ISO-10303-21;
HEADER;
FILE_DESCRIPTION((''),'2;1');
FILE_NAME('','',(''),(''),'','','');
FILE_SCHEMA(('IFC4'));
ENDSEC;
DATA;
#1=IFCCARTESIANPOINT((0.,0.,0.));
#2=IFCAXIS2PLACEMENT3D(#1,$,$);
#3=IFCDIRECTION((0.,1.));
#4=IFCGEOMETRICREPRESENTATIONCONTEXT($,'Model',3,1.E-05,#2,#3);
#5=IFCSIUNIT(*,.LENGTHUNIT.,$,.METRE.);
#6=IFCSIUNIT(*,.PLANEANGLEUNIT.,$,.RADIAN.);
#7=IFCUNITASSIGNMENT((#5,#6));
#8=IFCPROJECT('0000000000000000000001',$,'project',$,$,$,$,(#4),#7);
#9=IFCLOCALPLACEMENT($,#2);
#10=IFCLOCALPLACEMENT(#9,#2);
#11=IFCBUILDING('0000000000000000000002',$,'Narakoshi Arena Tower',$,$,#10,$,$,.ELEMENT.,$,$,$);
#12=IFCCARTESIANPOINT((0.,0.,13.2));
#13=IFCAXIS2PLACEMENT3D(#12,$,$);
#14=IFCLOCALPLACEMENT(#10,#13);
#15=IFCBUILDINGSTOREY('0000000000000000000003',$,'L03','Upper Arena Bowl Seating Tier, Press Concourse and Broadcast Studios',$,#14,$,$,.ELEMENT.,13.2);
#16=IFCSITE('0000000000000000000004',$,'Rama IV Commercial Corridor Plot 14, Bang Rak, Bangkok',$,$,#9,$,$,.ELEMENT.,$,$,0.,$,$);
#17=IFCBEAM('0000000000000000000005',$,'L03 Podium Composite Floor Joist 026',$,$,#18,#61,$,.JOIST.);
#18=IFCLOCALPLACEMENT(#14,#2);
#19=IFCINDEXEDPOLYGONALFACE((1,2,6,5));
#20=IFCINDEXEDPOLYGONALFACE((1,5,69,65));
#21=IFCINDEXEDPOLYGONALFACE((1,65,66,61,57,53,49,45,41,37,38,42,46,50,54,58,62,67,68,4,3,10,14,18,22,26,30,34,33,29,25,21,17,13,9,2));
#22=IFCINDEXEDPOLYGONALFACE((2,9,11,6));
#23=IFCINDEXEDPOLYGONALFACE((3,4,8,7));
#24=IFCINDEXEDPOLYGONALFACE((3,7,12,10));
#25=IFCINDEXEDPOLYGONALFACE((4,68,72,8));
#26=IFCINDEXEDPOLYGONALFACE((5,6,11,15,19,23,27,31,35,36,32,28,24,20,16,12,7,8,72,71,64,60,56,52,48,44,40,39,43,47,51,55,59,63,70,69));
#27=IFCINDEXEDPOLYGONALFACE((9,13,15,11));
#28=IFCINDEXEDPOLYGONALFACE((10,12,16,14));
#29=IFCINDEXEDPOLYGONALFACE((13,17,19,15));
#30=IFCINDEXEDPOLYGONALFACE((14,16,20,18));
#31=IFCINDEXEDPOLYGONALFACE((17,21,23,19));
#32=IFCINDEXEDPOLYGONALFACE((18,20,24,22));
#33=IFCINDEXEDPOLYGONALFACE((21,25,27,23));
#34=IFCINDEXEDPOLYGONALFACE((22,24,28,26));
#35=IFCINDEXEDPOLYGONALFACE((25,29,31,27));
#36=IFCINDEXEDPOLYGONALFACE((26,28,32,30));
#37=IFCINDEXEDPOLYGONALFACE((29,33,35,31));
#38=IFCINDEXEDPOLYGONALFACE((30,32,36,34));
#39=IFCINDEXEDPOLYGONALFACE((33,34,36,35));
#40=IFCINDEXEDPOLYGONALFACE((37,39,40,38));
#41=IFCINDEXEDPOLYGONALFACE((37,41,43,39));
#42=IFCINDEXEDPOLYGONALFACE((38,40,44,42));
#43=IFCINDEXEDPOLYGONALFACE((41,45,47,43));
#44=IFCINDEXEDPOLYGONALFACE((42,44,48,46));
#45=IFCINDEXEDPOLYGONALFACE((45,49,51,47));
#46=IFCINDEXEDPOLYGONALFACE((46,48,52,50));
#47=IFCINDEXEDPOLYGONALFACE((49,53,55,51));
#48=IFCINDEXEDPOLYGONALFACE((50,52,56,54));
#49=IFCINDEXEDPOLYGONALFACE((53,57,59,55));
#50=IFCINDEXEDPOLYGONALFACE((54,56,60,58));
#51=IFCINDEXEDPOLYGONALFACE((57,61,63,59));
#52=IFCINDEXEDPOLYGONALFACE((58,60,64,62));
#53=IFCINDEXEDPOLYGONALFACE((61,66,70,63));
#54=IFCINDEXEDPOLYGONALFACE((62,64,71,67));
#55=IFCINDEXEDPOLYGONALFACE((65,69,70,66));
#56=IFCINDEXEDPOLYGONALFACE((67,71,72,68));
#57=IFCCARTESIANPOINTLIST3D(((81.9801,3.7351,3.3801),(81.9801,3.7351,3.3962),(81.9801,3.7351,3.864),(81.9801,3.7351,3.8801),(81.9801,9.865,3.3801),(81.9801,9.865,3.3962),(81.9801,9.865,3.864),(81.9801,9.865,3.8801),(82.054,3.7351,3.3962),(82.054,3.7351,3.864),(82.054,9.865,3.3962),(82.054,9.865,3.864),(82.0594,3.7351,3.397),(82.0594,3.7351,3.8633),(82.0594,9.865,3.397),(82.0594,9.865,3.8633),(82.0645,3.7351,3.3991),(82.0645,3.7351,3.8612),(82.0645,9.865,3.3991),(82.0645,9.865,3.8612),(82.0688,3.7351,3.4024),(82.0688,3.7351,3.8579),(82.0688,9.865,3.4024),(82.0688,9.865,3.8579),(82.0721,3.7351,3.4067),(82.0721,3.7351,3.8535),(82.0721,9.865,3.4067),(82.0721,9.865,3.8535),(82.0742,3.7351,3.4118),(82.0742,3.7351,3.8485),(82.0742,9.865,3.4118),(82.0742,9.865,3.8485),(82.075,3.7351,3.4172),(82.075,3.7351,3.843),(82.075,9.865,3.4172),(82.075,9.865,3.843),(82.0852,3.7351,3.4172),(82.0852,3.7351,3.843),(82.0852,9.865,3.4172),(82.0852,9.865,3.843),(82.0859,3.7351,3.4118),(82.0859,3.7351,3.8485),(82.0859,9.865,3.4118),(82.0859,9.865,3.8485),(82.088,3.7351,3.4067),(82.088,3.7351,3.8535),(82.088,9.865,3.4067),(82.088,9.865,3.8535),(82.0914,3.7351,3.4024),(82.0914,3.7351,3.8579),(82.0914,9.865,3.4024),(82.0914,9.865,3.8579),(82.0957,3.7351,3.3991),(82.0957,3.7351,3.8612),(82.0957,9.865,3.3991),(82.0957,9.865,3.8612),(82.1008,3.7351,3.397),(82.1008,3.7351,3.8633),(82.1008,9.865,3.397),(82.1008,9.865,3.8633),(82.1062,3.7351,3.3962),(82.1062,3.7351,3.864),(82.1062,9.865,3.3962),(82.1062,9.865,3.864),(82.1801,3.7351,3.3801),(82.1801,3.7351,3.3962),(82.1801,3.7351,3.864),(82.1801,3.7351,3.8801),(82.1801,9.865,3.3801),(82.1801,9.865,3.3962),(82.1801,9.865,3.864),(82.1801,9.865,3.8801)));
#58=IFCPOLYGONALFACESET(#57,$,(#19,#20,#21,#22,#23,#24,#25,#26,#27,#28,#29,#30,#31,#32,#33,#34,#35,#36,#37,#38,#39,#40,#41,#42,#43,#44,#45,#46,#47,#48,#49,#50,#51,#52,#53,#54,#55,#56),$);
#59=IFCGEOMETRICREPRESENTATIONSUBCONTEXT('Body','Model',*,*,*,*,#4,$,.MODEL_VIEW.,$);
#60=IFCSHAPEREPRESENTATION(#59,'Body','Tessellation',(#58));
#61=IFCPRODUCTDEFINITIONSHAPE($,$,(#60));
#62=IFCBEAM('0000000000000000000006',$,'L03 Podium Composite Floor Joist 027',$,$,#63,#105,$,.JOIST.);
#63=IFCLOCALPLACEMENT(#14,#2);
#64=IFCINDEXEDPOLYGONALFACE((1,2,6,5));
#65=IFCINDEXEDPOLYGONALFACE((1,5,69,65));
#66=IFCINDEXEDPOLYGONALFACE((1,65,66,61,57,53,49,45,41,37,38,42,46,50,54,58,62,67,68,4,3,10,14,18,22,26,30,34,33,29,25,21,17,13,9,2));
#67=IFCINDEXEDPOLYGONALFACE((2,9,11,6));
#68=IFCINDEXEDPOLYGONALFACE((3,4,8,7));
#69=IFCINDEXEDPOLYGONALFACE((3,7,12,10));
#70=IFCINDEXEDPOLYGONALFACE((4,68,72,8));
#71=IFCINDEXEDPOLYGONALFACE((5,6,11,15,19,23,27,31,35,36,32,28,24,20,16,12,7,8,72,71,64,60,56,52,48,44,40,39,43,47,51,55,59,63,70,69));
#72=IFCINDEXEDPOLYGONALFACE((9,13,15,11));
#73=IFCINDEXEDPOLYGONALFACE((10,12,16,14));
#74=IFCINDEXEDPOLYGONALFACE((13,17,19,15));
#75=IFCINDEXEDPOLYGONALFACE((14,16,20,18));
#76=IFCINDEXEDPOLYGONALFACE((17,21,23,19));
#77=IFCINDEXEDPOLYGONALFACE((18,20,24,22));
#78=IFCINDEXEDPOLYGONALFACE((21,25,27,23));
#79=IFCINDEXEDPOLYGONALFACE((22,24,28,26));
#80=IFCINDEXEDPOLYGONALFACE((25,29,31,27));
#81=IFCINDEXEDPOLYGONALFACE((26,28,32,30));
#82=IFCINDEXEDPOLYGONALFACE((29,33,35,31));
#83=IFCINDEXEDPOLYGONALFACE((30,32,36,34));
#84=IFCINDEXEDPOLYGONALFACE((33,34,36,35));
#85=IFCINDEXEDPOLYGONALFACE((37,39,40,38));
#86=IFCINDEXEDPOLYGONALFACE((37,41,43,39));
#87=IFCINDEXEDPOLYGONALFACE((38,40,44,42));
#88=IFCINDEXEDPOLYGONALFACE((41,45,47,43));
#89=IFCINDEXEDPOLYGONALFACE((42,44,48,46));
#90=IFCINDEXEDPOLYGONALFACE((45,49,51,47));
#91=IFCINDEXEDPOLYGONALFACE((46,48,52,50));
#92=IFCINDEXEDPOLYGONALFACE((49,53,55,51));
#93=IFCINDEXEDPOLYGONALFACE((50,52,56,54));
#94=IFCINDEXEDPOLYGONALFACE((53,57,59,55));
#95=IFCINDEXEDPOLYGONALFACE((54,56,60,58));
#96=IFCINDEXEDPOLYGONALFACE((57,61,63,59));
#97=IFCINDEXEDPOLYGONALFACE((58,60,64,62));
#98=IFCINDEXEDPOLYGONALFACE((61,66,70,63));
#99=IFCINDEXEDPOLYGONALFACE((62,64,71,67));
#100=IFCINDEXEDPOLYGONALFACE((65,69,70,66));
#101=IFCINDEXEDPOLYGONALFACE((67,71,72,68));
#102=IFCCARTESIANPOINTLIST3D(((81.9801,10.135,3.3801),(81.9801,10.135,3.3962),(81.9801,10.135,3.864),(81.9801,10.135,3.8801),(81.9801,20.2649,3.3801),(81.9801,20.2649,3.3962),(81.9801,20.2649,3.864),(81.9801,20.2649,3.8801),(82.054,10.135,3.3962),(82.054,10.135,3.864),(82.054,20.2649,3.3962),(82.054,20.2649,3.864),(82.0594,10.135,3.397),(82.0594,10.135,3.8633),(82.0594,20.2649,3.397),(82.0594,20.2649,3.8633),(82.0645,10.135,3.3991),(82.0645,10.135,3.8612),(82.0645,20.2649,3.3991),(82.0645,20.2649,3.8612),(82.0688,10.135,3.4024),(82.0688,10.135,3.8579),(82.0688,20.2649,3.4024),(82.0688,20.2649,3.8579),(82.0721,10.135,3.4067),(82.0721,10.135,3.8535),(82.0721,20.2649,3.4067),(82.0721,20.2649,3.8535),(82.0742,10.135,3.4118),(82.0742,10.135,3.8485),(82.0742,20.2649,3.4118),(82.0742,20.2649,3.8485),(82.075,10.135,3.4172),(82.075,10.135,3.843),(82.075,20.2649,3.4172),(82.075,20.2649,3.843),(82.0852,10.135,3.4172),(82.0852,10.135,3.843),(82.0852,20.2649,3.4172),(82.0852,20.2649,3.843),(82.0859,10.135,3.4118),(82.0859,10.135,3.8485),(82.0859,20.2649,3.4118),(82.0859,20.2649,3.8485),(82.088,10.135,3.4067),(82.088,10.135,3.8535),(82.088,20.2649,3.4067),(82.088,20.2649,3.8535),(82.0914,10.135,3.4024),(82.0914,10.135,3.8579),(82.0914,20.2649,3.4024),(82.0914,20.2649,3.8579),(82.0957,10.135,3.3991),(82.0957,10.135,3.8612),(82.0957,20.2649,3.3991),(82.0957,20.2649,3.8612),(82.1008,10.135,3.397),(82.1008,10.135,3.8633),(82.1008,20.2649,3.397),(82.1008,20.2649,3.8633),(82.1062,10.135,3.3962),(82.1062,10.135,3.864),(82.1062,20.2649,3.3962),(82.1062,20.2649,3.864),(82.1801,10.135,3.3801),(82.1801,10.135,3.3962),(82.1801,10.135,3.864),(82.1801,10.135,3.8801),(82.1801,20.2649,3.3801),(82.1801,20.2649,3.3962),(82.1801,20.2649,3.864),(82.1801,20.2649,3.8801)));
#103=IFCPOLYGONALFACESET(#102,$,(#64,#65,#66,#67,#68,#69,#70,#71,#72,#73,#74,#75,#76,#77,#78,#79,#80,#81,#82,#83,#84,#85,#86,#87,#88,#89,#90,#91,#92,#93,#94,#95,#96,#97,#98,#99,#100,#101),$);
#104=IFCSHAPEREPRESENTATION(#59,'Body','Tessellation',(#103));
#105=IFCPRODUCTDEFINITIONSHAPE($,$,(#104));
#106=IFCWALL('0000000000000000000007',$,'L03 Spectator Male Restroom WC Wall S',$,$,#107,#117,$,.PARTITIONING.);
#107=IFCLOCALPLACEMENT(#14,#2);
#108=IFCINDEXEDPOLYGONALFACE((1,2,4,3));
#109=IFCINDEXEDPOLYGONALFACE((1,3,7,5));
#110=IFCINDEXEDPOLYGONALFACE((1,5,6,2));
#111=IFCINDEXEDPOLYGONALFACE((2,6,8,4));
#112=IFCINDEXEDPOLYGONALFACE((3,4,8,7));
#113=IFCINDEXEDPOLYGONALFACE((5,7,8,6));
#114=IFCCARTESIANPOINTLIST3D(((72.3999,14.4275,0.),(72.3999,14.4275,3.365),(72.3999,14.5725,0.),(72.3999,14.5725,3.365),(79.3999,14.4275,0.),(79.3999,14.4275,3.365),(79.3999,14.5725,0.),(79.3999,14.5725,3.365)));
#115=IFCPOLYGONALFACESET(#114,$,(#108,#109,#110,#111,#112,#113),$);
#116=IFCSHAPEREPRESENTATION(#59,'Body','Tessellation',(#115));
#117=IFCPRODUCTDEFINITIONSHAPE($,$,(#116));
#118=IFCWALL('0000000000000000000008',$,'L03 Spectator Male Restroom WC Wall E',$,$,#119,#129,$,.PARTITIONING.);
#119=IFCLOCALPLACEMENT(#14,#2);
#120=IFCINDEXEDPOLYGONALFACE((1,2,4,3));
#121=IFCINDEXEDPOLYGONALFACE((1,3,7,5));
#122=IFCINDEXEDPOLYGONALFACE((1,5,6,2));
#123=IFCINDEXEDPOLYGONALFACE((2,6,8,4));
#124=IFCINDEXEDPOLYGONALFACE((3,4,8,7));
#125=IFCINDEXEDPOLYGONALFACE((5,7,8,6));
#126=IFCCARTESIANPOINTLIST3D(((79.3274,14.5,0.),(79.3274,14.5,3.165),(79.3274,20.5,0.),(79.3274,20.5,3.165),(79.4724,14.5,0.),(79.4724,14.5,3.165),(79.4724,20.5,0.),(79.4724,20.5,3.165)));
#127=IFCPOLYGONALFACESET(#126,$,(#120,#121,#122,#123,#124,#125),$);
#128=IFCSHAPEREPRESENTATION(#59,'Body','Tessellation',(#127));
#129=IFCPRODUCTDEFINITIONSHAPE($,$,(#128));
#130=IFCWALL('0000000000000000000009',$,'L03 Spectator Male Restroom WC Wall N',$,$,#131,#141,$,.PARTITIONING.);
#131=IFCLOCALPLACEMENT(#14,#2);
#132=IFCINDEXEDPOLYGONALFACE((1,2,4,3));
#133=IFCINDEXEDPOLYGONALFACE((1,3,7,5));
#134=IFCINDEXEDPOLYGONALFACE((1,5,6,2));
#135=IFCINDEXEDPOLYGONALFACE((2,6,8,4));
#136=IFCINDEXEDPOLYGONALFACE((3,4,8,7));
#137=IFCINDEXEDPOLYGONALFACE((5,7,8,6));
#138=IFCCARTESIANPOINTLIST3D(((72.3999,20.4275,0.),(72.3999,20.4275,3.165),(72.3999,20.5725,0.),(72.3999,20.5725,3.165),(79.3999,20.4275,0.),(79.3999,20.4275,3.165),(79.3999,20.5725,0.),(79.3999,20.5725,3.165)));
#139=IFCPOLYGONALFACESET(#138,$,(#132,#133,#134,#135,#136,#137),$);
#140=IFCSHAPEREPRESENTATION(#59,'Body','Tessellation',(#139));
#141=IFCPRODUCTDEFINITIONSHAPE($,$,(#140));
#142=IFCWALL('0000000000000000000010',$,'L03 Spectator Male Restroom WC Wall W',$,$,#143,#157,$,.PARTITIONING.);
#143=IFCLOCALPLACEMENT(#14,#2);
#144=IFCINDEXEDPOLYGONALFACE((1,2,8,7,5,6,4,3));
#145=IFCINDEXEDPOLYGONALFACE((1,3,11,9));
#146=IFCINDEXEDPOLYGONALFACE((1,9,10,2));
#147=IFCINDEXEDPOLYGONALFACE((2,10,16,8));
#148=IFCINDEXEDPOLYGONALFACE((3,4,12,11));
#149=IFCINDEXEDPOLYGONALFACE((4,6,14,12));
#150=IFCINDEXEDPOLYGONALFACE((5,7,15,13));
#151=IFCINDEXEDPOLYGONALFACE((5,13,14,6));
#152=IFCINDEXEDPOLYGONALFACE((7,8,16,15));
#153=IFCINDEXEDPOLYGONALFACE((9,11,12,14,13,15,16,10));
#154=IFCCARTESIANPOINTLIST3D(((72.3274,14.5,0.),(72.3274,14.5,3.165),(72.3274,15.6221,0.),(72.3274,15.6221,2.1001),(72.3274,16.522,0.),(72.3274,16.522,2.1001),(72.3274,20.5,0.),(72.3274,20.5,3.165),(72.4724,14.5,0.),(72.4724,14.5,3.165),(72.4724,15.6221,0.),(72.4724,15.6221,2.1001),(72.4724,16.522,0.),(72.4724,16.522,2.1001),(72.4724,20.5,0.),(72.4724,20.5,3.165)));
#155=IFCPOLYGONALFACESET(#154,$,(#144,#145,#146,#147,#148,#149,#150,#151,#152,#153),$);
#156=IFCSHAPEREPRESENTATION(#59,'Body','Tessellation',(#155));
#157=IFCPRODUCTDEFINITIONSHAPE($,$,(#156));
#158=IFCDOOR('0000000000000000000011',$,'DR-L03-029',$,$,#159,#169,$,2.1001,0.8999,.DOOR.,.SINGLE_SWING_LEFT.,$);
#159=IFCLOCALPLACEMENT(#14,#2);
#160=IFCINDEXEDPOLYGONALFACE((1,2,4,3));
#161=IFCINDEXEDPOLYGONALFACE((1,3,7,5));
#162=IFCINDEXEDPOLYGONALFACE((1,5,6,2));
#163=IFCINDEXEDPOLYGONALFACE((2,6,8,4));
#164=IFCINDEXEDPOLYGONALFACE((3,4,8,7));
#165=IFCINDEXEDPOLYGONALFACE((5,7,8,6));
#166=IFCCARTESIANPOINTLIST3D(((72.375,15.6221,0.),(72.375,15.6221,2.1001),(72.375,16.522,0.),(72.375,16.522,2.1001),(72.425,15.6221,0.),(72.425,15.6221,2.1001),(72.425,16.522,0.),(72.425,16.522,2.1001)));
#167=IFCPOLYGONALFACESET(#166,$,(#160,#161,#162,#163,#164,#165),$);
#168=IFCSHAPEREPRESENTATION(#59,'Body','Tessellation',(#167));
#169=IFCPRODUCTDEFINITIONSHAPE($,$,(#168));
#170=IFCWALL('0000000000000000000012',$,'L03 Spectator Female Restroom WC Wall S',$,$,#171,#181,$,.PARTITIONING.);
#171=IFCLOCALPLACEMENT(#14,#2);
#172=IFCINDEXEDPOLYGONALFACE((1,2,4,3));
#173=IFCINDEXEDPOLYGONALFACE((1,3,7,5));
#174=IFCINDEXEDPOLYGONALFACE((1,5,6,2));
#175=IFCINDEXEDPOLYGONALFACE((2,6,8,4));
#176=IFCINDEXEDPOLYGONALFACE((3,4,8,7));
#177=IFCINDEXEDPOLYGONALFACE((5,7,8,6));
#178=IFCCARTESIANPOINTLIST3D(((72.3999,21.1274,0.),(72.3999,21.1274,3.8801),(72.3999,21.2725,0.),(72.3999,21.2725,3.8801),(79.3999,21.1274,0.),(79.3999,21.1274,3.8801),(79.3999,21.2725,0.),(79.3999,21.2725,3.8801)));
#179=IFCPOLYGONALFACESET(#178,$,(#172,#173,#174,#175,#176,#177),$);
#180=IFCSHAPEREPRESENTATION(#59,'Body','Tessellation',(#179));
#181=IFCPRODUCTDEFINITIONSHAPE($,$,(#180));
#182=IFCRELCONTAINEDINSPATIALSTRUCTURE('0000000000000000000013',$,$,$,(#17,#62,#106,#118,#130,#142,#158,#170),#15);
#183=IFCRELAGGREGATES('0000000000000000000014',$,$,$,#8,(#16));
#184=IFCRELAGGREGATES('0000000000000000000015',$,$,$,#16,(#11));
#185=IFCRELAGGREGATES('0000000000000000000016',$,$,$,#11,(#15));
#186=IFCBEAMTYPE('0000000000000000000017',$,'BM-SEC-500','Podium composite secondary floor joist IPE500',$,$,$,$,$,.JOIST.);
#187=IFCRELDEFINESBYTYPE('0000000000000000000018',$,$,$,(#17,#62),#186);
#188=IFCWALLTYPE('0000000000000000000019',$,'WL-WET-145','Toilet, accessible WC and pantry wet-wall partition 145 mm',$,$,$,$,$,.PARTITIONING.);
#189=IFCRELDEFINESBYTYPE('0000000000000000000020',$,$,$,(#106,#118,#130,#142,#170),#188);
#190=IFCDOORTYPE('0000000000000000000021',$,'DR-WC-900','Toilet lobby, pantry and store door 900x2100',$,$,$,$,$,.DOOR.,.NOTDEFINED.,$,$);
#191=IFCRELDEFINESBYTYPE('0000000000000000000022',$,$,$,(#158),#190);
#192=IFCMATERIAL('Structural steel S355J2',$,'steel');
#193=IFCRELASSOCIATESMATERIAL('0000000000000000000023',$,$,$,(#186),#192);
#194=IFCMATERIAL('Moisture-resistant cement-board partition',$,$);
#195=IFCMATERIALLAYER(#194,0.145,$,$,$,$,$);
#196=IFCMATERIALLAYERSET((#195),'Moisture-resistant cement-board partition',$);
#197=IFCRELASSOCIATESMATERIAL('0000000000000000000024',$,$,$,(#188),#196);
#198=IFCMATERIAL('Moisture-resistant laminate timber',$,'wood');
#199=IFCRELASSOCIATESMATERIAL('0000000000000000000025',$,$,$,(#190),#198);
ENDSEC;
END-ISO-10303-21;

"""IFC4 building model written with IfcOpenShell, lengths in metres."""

from ifc_helpers import new_model, si_unit, direction, frame, frame_2d, origin, origin_2d, place, context, subcontext, project, spatial, rectangle, i_section, extrude, material, layer, layer_set, material_profile, profile_set, type_object, element, fill, save


model = new_model("IFC4")

# Units and contexts
model_context = context("Model", 3, precision=1e-05, world=origin(), true_north=direction((0.0, 1.0)))
body_context = subcontext(model_context, "Body", "Model", "MODEL_VIEW")
ifc_project = project(units=[si_unit("LENGTHUNIT", "METRE"), si_unit("PLANEANGLEUNIT", "RADIAN")], contexts=[model_context])

# Site, building, storey
site_placement = place(None, origin())
site = spatial("IfcSite", under=ifc_project, at=site_placement, Name="Rama IV Commercial Corridor Plot 14, Bang Rak, Bangkok", CompositionType="ELEMENT", RefElevation=0.0)
building_placement = place(site_placement, origin())
building = spatial("IfcBuilding", under=site, at=building_placement, Name="Narakoshi Arena Tower", CompositionType="ELEMENT")
storey_placement = place(building_placement, frame((0.0, 0.0, 13.2)))
storey = spatial("IfcBuildingStorey", under=building, at=storey_placement, Name="L03", Description="Upper Arena Bowl Seating Tier, Press Concourse and Broadcast Studios", CompositionType="ELEMENT", Elevation=13.2)

# Beams
ifc_material_1 = material(Name="Structural steel S355J2", Category="steel")
ifc_material_profile_1 = material_profile(ifc_material_1, i_section(OverallWidth=0.2, OverallDepth=0.5, WebThickness=0.0103, FlangeThickness=0.0161, FilletRadius=0.021, at=origin_2d()), Name="IPE500")
ifc_profile_set_1 = profile_set([ifc_material_profile_1], Name="Structural steel S355J2")
beam_type_1 = type_object("IfcBeamType", Name="BM-SEC-500", Description="Podium composite secondary floor joist IPE500", PredefinedType="JOIST", material=ifc_profile_set_1)
beam_1_placement = place(storey_placement, frame((82.0801, 3.7351, 3.6301), z_axis=(0.0, 1.0, 0.0), x_axis=(-1.0, 0.0, 0.0)))
element("IfcBeam", 1, at=beam_1_placement, inside=storey, type_object=beam_type_1, Name="L03 Podium Composite Floor Joist 026", PredefinedType="JOIST", context=body_context, shape_type="SweptSolid", body=[
    extrude(i_section(OverallWidth=0.2, OverallDepth=0.5, WebThickness=0.0103, FlangeThickness=0.0161, FilletRadius=0.021, at=origin_2d()), origin(), (0.0, 0.0, 1.0), 6.1299),
])
beam_2_placement = place(storey_placement, frame((82.0801, 10.135, 3.6301), z_axis=(0.0, 1.0, 0.0), x_axis=(-1.0, 0.0, 0.0)))
element("IfcBeam", 2, at=beam_2_placement, inside=storey, type_object=beam_type_1, Name="L03 Podium Composite Floor Joist 027", PredefinedType="JOIST", context=body_context, shape_type="SweptSolid", body=[
    extrude(i_section(OverallWidth=0.2, OverallDepth=0.5, WebThickness=0.0103, FlangeThickness=0.0161, FilletRadius=0.021, at=origin_2d()), origin(), (0.0, 0.0, 1.0), 10.1299),
])

# Walls
ifc_material_2 = material(Name="Moisture-resistant cement-board partition")
ifc_layer = layer(ifc_material_2, 0.145)
ifc_layer_set = layer_set([ifc_layer], Name="Moisture-resistant cement-board partition")
wall_type = type_object("IfcWallType", Name="WL-WET-145", Description="Toilet, accessible WC and pantry wet-wall partition 145 mm", PredefinedType="PARTITIONING", material=ifc_layer_set)
wall_1_placement = place(storey_placement, frame((72.3999, 14.5, 0.0), z_axis=(0.0, 0.0, 1.0), x_axis=(1.0, 0.0, 0.0)))
element("IfcWall", 3, at=wall_1_placement, inside=storey, type_object=wall_type, Name="L03 Spectator Male Restroom WC Wall S", PredefinedType="PARTITIONING", context=body_context, shape_type="SweptSolid", body=[
    extrude(rectangle(XDim=7.0, YDim=0.145, at=frame_2d((3.5, 0.0))), origin(), (0.0, 0.0, 1.0), 3.365),
])
wall_2_placement = place(storey_placement, frame((79.3999, 14.5, 0.0), z_axis=(0.0, 0.0, 1.0), x_axis=(0.0, 1.0, 0.0)))
element("IfcWall", 4, at=wall_2_placement, inside=storey, type_object=wall_type, Name="L03 Spectator Male Restroom WC Wall E", PredefinedType="PARTITIONING", context=body_context, shape_type="SweptSolid", body=[
    extrude(rectangle(XDim=6.0, YDim=0.145, at=frame_2d((3.0, 0.0))), origin(), (0.0, 0.0, 1.0), 3.165),
])
wall_3_placement = place(storey_placement, frame((79.3999, 20.5, 0.0), z_axis=(0.0, 0.0, 1.0), x_axis=(-1.0, 0.0, 0.0)))
element("IfcWall", 5, at=wall_3_placement, inside=storey, type_object=wall_type, Name="L03 Spectator Male Restroom WC Wall N", PredefinedType="PARTITIONING", context=body_context, shape_type="SweptSolid", body=[
    extrude(rectangle(XDim=7.0, YDim=0.145, at=frame_2d((3.5, 0.0))), origin(), (0.0, 0.0, 1.0), 3.165),
])

# Wall, opening, door
wall_4_placement = place(storey_placement, frame((72.3999, 20.5, 0.0), z_axis=(0.0, 0.0, 1.0), x_axis=(0.0, -1.0, 0.0)))
wall_4 = element("IfcWall", 6, at=wall_4_placement, inside=storey, type_object=wall_type, Name="L03 Spectator Male Restroom WC Wall W", PredefinedType="PARTITIONING", context=body_context, shape_type="SweptSolid", body=[
    extrude(rectangle(XDim=6.0, YDim=0.145, at=frame_2d((3.0, 0.0))), origin(), (0.0, 0.0, 1.0), 3.165),
])
opening_placement = place(wall_4_placement, frame((3.978, 0.0, 0.0)))
opening = element("IfcOpeningElement", 7, at=opening_placement, cuts=wall_4, PredefinedType="OPENING", context=body_context, shape_type="SweptSolid", body=[
    extrude(rectangle(XDim=0.8999, YDim=2.1001, at=frame_2d((0.45, 1.05))), frame((0.0, 0.0825, 0.0), z_axis=(0.0, -1.0, 0.0), x_axis=(1.0, 0.0, 0.0)), (0.0, 0.0, 1.0), 0.165),
])
ifc_material_3 = material(Name="Moisture-resistant laminate timber", Category="wood")
door_type = type_object("IfcDoorType", Name="DR-WC-900", Description="Toilet lobby, pantry and store door 900x2100", OperationType="NOTDEFINED", PredefinedType="DOOR", material=ifc_material_3)
door_placement = place(opening_placement, frame((0.8999, 0.0, 0.0), z_axis=(0.0, 0.0, 1.0), x_axis=(-1.0, 0.0, 0.0)))
door = element("IfcDoor", 8, at=door_placement, inside=storey, type_object=door_type, Name="DR-L03-029", OperationType="SINGLE_SWING_LEFT", OverallHeight=2.1001, OverallWidth=0.8999, PredefinedType="DOOR", context=body_context, shape_type="SweptSolid", body=[
    extrude(rectangle(XDim=0.8999, YDim=2.1001, at=frame_2d((0.45, 1.05))), frame((0.0, 0.0249, 0.0), z_axis=(0.0, -1.0, 0.0), x_axis=(1.0, 0.0, 0.0)), (0.0, 0.0, 1.0), 0.05),
])
fill(opening, door)

# Wall
wall_5_placement = place(storey_placement, frame((72.3999, 21.2, 0.0), z_axis=(0.0, 0.0, 1.0), x_axis=(1.0, 0.0, 0.0)))
element("IfcWall", 9, at=wall_5_placement, inside=storey, type_object=wall_type, Name="L03 Spectator Female Restroom WC Wall S", PredefinedType="PARTITIONING", context=body_context, shape_type="SweptSolid", body=[
    extrude(rectangle(XDim=7.0, YDim=0.145, at=frame_2d((3.5, 0.0))), origin(), (0.0, 0.0, 1.0), 3.8801),
])

save(model, "model.ifc")
